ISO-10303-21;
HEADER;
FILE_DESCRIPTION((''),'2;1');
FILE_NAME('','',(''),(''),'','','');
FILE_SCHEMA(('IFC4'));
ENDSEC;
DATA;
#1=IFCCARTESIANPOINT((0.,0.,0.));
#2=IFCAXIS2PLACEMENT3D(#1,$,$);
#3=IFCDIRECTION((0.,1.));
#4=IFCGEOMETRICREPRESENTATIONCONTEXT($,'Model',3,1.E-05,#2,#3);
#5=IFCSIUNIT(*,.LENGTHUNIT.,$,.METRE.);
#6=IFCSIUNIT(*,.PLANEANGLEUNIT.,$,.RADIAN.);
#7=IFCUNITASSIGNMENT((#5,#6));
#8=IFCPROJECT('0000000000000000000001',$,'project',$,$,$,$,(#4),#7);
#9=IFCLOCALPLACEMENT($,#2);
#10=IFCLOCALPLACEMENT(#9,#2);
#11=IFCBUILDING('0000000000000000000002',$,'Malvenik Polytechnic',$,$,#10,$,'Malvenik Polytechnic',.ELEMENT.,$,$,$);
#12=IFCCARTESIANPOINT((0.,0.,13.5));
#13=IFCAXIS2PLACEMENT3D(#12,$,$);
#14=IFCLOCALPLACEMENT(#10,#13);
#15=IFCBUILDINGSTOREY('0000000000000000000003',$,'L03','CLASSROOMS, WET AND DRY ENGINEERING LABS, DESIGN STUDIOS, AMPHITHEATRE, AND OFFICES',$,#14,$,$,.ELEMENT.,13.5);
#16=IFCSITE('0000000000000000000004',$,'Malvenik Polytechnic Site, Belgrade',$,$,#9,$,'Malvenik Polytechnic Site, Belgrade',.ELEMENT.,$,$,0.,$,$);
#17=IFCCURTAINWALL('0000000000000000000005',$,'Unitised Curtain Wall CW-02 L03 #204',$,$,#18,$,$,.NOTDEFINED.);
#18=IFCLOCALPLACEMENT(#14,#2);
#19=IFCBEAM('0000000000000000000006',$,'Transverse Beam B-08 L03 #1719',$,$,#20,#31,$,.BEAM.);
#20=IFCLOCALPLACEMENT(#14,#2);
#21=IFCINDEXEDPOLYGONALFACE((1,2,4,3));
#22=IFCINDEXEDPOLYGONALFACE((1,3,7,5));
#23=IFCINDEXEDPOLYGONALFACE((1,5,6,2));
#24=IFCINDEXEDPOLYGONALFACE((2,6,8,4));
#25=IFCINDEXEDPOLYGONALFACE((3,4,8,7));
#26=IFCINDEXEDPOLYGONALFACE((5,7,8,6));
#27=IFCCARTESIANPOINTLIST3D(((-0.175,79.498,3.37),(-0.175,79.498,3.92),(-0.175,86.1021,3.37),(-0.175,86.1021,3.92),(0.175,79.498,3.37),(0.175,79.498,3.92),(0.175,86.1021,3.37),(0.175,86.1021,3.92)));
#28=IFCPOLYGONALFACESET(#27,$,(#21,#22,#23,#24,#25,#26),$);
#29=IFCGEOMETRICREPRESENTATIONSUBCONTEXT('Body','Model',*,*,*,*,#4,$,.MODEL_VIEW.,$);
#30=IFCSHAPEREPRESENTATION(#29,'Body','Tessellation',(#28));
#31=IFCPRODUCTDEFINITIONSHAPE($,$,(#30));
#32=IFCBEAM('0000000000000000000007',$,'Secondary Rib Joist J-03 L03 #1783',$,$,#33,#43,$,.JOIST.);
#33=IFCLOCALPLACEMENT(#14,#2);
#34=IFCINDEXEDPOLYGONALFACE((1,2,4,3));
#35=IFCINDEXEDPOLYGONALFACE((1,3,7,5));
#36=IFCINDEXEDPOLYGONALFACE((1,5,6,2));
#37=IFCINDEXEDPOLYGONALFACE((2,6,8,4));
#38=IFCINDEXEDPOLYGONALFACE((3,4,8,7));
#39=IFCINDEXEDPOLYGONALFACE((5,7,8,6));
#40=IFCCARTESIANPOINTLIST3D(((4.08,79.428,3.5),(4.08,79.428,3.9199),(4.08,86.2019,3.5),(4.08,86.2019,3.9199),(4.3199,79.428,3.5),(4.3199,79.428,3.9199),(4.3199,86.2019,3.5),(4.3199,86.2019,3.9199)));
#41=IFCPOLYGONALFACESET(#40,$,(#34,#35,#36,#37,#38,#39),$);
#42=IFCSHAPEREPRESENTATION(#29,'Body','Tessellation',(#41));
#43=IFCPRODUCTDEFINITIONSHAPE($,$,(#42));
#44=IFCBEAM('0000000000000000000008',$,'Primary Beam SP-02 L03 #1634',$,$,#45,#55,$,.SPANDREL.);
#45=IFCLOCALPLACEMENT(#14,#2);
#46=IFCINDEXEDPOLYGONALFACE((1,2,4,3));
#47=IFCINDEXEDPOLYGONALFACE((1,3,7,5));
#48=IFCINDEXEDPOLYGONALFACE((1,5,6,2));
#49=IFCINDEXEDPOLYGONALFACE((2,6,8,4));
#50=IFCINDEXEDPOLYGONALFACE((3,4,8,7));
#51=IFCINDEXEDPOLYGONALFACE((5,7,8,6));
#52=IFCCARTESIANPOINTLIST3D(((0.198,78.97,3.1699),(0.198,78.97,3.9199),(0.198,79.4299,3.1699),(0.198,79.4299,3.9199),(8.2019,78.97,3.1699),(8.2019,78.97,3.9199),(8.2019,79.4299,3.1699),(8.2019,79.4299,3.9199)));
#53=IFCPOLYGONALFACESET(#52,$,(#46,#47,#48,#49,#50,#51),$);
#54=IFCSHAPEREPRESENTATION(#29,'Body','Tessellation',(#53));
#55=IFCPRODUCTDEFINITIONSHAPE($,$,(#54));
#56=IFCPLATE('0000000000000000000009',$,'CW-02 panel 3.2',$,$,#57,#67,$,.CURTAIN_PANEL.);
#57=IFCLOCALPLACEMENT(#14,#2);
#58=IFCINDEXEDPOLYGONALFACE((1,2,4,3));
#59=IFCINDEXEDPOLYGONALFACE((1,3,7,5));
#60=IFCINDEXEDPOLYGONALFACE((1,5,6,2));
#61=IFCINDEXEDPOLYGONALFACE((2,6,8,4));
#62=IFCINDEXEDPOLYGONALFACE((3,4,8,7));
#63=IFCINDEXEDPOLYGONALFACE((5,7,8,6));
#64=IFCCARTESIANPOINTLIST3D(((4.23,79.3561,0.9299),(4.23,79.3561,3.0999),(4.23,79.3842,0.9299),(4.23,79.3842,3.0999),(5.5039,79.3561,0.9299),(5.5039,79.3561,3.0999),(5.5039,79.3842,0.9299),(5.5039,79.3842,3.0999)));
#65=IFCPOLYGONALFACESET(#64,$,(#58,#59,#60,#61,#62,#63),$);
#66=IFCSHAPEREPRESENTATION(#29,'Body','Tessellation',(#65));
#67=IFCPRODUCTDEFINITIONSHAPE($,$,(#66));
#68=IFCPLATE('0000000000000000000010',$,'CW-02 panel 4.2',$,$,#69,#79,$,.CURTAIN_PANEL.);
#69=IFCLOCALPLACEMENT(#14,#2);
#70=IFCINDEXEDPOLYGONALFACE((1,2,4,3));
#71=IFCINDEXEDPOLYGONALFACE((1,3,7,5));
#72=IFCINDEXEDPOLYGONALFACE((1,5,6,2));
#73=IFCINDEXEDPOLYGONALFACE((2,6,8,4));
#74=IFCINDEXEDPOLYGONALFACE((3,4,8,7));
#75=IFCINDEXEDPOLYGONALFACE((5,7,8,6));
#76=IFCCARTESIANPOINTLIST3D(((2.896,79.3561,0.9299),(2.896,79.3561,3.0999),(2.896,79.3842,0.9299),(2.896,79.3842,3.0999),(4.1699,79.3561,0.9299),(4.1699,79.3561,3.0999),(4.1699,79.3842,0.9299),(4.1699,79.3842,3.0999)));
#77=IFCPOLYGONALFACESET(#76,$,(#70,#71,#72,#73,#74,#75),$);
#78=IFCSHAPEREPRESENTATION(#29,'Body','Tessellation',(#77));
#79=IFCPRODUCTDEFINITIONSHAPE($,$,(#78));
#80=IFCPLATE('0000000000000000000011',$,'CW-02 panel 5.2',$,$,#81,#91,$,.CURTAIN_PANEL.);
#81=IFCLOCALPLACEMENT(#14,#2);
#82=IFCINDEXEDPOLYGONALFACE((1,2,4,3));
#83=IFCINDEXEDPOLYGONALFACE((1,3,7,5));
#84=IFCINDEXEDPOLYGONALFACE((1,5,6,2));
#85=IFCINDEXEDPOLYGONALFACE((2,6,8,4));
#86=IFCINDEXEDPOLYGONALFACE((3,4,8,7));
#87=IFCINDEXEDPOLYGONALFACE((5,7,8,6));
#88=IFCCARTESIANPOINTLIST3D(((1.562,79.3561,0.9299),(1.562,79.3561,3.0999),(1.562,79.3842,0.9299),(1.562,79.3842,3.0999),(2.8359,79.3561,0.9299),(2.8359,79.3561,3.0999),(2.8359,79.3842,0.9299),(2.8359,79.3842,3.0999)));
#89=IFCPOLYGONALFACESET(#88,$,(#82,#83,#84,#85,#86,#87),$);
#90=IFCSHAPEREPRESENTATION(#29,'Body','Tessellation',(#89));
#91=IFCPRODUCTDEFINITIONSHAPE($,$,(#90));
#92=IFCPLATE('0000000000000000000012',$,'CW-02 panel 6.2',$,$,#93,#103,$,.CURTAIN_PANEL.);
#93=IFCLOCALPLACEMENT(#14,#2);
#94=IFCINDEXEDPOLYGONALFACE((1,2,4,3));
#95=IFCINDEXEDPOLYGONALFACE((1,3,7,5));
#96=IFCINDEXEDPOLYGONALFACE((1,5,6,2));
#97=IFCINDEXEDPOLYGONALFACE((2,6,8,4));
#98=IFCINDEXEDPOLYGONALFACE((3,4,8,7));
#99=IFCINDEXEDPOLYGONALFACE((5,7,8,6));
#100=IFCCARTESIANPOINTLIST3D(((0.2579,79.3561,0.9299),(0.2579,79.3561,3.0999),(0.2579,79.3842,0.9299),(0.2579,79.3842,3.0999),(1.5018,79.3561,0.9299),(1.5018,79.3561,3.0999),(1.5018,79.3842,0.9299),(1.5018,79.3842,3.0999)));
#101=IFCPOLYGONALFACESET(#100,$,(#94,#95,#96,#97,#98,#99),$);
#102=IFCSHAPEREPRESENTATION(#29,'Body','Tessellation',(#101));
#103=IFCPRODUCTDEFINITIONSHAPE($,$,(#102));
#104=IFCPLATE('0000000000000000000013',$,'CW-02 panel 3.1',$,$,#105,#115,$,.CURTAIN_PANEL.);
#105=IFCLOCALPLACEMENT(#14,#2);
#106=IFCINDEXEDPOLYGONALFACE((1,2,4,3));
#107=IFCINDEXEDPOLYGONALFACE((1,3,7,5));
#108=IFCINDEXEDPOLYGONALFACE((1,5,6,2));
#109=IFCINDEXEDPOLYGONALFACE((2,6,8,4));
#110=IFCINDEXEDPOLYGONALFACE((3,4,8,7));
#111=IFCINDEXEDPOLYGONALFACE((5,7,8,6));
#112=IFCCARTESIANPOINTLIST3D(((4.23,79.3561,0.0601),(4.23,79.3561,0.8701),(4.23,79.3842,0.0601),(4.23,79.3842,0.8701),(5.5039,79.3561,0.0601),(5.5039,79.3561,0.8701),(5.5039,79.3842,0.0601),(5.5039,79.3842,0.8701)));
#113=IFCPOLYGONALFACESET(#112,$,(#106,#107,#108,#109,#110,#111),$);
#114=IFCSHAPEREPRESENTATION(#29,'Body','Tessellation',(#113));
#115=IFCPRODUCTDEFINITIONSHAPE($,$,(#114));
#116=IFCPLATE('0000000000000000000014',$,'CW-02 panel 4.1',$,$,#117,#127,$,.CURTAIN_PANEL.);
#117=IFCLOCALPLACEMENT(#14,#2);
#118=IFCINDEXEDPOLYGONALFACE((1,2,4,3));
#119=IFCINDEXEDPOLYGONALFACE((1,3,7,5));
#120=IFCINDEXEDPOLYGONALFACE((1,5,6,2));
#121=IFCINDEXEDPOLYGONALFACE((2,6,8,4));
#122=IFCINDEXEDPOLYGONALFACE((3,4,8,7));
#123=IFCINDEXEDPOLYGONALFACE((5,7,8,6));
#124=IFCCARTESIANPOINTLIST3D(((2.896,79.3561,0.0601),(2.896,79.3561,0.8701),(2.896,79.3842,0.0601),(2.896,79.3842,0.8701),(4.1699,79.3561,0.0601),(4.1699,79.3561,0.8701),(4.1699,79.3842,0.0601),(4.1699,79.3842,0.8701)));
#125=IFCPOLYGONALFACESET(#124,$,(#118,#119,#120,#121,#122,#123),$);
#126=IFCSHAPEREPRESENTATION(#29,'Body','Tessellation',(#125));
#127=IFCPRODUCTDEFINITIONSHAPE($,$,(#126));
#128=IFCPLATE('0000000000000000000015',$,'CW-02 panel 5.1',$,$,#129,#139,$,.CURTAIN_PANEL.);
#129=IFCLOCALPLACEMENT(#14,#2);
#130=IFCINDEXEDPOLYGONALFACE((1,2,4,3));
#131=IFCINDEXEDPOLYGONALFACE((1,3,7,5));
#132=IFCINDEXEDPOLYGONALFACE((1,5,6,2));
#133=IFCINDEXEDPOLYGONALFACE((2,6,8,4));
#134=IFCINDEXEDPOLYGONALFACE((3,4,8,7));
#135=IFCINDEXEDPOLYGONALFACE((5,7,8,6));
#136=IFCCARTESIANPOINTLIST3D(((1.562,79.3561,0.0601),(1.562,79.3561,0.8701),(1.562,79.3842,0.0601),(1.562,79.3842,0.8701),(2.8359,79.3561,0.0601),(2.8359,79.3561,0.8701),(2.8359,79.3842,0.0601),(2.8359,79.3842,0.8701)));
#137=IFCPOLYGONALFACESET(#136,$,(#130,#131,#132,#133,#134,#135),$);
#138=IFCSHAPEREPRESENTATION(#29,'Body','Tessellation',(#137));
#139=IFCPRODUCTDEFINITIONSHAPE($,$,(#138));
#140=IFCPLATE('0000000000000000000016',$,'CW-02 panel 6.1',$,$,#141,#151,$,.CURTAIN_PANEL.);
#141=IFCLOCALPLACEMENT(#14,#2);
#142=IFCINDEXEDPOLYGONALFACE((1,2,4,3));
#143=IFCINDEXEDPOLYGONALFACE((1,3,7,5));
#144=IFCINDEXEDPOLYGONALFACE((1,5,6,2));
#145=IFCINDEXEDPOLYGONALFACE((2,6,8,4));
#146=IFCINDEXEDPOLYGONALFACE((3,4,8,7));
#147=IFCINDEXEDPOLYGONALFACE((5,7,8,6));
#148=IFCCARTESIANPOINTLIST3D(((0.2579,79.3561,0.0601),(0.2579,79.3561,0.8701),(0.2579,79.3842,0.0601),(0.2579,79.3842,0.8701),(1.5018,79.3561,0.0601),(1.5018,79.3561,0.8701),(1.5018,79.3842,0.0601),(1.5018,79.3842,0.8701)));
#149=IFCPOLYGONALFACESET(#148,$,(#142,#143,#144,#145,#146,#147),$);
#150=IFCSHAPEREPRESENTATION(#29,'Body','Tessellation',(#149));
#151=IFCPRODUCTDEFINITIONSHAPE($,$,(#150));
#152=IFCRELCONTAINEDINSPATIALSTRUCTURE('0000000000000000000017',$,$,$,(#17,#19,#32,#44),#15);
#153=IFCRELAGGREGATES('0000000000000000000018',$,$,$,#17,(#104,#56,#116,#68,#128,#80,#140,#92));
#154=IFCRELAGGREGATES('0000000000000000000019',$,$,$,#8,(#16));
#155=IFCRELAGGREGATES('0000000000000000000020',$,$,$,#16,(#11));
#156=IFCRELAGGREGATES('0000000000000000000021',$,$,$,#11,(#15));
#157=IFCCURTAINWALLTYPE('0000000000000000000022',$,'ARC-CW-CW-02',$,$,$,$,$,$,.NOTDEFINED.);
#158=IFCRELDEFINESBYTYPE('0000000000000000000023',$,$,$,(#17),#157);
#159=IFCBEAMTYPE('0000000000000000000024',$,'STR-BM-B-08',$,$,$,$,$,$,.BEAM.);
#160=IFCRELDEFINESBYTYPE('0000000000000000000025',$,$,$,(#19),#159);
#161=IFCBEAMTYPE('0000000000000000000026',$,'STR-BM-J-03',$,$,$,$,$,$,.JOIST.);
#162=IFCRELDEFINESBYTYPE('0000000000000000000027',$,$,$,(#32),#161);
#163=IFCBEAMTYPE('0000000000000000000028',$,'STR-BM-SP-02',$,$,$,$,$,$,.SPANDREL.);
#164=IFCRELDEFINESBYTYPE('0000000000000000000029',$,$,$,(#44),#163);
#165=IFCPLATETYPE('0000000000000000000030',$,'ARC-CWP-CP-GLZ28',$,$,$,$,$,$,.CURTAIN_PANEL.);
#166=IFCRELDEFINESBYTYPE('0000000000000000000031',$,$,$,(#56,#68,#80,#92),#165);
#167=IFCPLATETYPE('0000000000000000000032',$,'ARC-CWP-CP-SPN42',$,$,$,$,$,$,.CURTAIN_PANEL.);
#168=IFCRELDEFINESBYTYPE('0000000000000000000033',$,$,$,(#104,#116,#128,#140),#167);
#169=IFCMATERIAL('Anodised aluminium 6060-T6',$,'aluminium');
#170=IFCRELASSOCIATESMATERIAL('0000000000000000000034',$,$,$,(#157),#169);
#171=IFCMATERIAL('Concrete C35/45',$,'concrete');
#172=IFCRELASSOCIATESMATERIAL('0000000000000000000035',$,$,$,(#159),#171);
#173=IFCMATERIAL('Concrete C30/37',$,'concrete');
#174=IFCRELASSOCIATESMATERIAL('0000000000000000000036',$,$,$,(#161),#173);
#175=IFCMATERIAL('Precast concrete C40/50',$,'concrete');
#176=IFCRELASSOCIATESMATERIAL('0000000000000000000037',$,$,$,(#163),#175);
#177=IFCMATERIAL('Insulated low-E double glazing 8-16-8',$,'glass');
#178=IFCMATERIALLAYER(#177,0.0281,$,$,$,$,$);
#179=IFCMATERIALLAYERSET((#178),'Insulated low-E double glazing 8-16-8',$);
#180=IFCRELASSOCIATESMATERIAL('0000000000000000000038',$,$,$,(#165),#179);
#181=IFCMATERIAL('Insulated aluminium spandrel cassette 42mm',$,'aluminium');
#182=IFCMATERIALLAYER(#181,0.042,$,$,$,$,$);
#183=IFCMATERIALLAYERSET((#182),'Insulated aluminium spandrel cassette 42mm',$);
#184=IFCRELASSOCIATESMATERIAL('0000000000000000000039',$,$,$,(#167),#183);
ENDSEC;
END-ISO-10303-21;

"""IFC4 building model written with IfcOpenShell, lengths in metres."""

from ifc_helpers import new_model, si_unit, direction, frame, origin, origin_2d, place, context, subcontext, project, spatial, rectangle, extrude, material, layer, layer_set, material_profile, profile_set, type_object, element, aggregate, save


model = new_model("IFC4")

# Units and contexts
model_context = context("Model", 3, precision=1e-05, world=origin(), true_north=direction((0.0, 1.0)))
body_context = subcontext(model_context, "Body", "Model", "MODEL_VIEW")
ifc_project = project(units=[si_unit("LENGTHUNIT", "METRE"), si_unit("PLANEANGLEUNIT", "RADIAN")], contexts=[model_context])

# Site, building, storey
site_placement = place(None, origin())
site = spatial("IfcSite", under=ifc_project, at=site_placement, Name="Malvenik Polytechnic Site, Belgrade", LongName="Malvenik Polytechnic Site, Belgrade", CompositionType="ELEMENT", RefElevation=0.0)
building_placement = place(site_placement, origin())
building = spatial("IfcBuilding", under=site, at=building_placement, Name="Malvenik Polytechnic", LongName="Malvenik Polytechnic", CompositionType="ELEMENT")
storey_placement = place(building_placement, frame((0.0, 0.0, 13.5)))
storey = spatial("IfcBuildingStorey", under=building, at=storey_placement, Name="L03", Description="CLASSROOMS, WET AND DRY ENGINEERING LABS, DESIGN STUDIOS, AMPHITHEATRE, AND OFFICES", CompositionType="ELEMENT", Elevation=13.5)

# Shared definitions
ifc_material_1 = material(Name="Concrete C35/45", Category="concrete")

# Curtain wall
ifc_material_2 = material(Name="Anodised aluminium 6060-T6", Category="aluminium")
curtain_wall_type = type_object("IfcCurtainWallType", Name="ARC-CW-CW-02", PredefinedType="NOTDEFINED", material=ifc_material_2)
curtain_wall_placement = place(storey_placement, origin())
curtain_wall = element("IfcCurtainWall", 1, at=curtain_wall_placement, inside=storey, type_object=curtain_wall_type, Name="Unitised Curtain Wall CW-02 L03 #204", PredefinedType="NOTDEFINED")

# Beams
ifc_material_profile_1 = material_profile(ifc_material_1, rectangle(XDim=0.3501, YDim=0.55, at=origin_2d()), Name="RC BM 350x550")
ifc_profile_set_1 = profile_set([ifc_material_profile_1], Name="Concrete C35/45")
beam_type_1 = type_object("IfcBeamType", Name="STR-BM-B-08", PredefinedType="BEAM", material=ifc_profile_set_1)
beam_1_placement = place(storey_placement, frame((0.0, 79.498, 3.645), z_axis=(0.0, 1.0, 0.0), x_axis=(-1.0, 0.0, 0.0)))
element("IfcBeam", 2, at=beam_1_placement, inside=storey, type_object=beam_type_1, Name="Transverse Beam B-08 L03 #1719", PredefinedType="BEAM", context=body_context, shape_type="SweptSolid", body=[
    extrude(rectangle(XDim=0.3501, YDim=0.55, at=origin_2d()), origin(), (0.0, 0.0, 1.0), 6.604),
])
ifc_material_3 = material(Name="Concrete C30/37", Category="concrete")
ifc_material_profile_2 = material_profile(ifc_material_3, rectangle(XDim=0.24, YDim=0.4199, at=origin_2d()), Name="RC JST 240x420")
ifc_profile_set_2 = profile_set([ifc_material_profile_2], Name="Concrete C30/37")
beam_type_2 = type_object("IfcBeamType", Name="STR-BM-J-03", PredefinedType="JOIST", material=ifc_profile_set_2)
beam_2_placement = place(storey_placement, frame((4.2, 79.428, 3.71), z_axis=(0.0, 1.0, 0.0), x_axis=(-1.0, 0.0, 0.0)))
element("IfcBeam", 3, at=beam_2_placement, inside=storey, type_object=beam_type_2, Name="Secondary Rib Joist J-03 L03 #1783", PredefinedType="JOIST", context=body_context, shape_type="SweptSolid", body=[
    extrude(rectangle(XDim=0.24, YDim=0.4199, at=origin_2d()), origin(), (0.0, 0.0, 1.0), 6.7739),
])
ifc_material_4 = material(Name="Precast concrete C40/50", Category="concrete")
ifc_material_profile_3 = material_profile(ifc_material_4, rectangle(XDim=0.46, YDim=0.75, at=origin_2d()), Name="PC SPN 460x750")
ifc_profile_set_3 = profile_set([ifc_material_profile_3], Name="Precast concrete C40/50")
beam_type_3 = type_object("IfcBeamType", Name="STR-BM-SP-02", PredefinedType="SPANDREL", material=ifc_profile_set_3)
beam_3_placement = place(storey_placement, frame((0.198, 79.2, 3.5449), z_axis=(1.0, 0.0, 0.0), x_axis=(0.0, 1.0, 0.0)))
element("IfcBeam", 4, at=beam_3_placement, inside=storey, type_object=beam_type_3, Name="Primary Beam SP-02 L03 #1634", PredefinedType="SPANDREL", context=body_context, shape_type="SweptSolid", body=[
    extrude(rectangle(XDim=0.46, YDim=0.75, at=origin_2d()), origin(), (0.0, 0.0, 1.0), 8.0039),
])

# Plates
ifc_material_5 = material(Name="Insulated low-E double glazing 8-16-8", Category="glass")
ifc_layer_1 = layer(ifc_material_5, 0.0281)
ifc_layer_set_1 = layer_set([ifc_layer_1], Name="Insulated low-E double glazing 8-16-8")
plate_type_1 = type_object("IfcPlateType", Name="ARC-CWP-CP-GLZ28", PredefinedType="CURTAIN_PANEL", material=ifc_layer_set_1)
plate_1_placement = place(storey_placement, frame((4.8669, 79.3701, 0.9299), z_axis=(0.0, 0.0, 1.0), x_axis=(-1.0, 0.0, 0.0)))
plate_1 = element("IfcPlate", 5, at=plate_1_placement, type_object=plate_type_1, Name="CW-02 panel 3.2", PredefinedType="CURTAIN_PANEL", context=body_context, shape_type="SweptSolid", body=[
    extrude(rectangle(XDim=1.2739, YDim=0.0281, at=origin_2d()), origin(), (0.0, 0.0, 1.0), 2.1699),
])
plate_2_placement = place(storey_placement, frame((3.533, 79.3701, 0.9299), z_axis=(0.0, 0.0, 1.0), x_axis=(-1.0, 0.0, 0.0)))
plate_2 = element("IfcPlate", 6, at=plate_2_placement, type_object=plate_type_1, Name="CW-02 panel 4.2", PredefinedType="CURTAIN_PANEL", context=body_context, shape_type="SweptSolid", body=[
    extrude(rectangle(XDim=1.2739, YDim=0.0281, at=origin_2d()), origin(), (0.0, 0.0, 1.0), 2.1699),
])
plate_3_placement = place(storey_placement, frame((2.199, 79.3701, 0.9299), z_axis=(0.0, 0.0, 1.0), x_axis=(-1.0, 0.0, 0.0)))
plate_3 = element("IfcPlate", 7, at=plate_3_placement, type_object=plate_type_1, Name="CW-02 panel 5.2", PredefinedType="CURTAIN_PANEL", context=body_context, shape_type="SweptSolid", body=[
    extrude(rectangle(XDim=1.2739, YDim=0.0281, at=origin_2d()), origin(), (0.0, 0.0, 1.0), 2.1699),
])
plate_4_placement = place(storey_placement, frame((0.8799, 79.3701, 0.9299), z_axis=(0.0, 0.0, 1.0), x_axis=(-1.0, 0.0, 0.0)))
plate_4 = element("IfcPlate", 8, at=plate_4_placement, type_object=plate_type_1, Name="CW-02 panel 6.2", PredefinedType="CURTAIN_PANEL", context=body_context, shape_type="SweptSolid", body=[
    extrude(rectangle(XDim=1.2439, YDim=0.0281, at=origin_2d()), origin(), (0.0, 0.0, 1.0), 2.1699),
])
ifc_material_6 = material(Name="Insulated aluminium spandrel cassette 42mm", Category="aluminium")
ifc_layer_2 = layer(ifc_material_6, 0.042)
ifc_layer_set_2 = layer_set([ifc_layer_2], Name="Insulated aluminium spandrel cassette 42mm")
plate_type_2 = type_object("IfcPlateType", Name="ARC-CWP-CP-SPN42", PredefinedType="CURTAIN_PANEL", material=ifc_layer_set_2)
plate_5_placement = place(storey_placement, frame((4.8669, 79.3701, 0.0601), z_axis=(0.0, 0.0, 1.0), x_axis=(-1.0, 0.0, 0.0)))
plate_5 = element("IfcPlate", 9, at=plate_5_placement, type_object=plate_type_2, Name="CW-02 panel 3.1", PredefinedType="CURTAIN_PANEL", context=body_context, shape_type="SweptSolid", body=[
    extrude(rectangle(XDim=1.2739, YDim=0.0281, at=origin_2d()), origin(), (0.0, 0.0, 1.0), 0.8101),
])
plate_6_placement = place(storey_placement, frame((3.533, 79.3701, 0.0601), z_axis=(0.0, 0.0, 1.0), x_axis=(-1.0, 0.0, 0.0)))
plate_6 = element("IfcPlate", 10, at=plate_6_placement, type_object=plate_type_2, Name="CW-02 panel 4.1", PredefinedType="CURTAIN_PANEL", context=body_context, shape_type="SweptSolid", body=[
    extrude(rectangle(XDim=1.2739, YDim=0.0281, at=origin_2d()), origin(), (0.0, 0.0, 1.0), 0.8101),
])
plate_7_placement = place(storey_placement, frame((2.199, 79.3701, 0.0601), z_axis=(0.0, 0.0, 1.0), x_axis=(-1.0, 0.0, 0.0)))
plate_7 = element("IfcPlate", 11, at=plate_7_placement, type_object=plate_type_2, Name="CW-02 panel 5.1", PredefinedType="CURTAIN_PANEL", context=body_context, shape_type="SweptSolid", body=[
    extrude(rectangle(XDim=1.2739, YDim=0.0281, at=origin_2d()), origin(), (0.0, 0.0, 1.0), 0.8101),
])
plate_8_placement = place(storey_placement, frame((0.8799, 79.3701, 0.0601), z_axis=(0.0, 0.0, 1.0), x_axis=(-1.0, 0.0, 0.0)))
plate_8 = element("IfcPlate", 12, at=plate_8_placement, type_object=plate_type_2, Name="CW-02 panel 6.1", PredefinedType="CURTAIN_PANEL", context=body_context, shape_type="SweptSolid", body=[
    extrude(rectangle(XDim=1.2439, YDim=0.0281, at=origin_2d()), origin(), (0.0, 0.0, 1.0), 0.8101),
])
aggregate(curtain_wall, [plate_5, plate_1, plate_6, plate_2, plate_7, plate_3, plate_8, plate_4])

save(model, "model.ifc")
